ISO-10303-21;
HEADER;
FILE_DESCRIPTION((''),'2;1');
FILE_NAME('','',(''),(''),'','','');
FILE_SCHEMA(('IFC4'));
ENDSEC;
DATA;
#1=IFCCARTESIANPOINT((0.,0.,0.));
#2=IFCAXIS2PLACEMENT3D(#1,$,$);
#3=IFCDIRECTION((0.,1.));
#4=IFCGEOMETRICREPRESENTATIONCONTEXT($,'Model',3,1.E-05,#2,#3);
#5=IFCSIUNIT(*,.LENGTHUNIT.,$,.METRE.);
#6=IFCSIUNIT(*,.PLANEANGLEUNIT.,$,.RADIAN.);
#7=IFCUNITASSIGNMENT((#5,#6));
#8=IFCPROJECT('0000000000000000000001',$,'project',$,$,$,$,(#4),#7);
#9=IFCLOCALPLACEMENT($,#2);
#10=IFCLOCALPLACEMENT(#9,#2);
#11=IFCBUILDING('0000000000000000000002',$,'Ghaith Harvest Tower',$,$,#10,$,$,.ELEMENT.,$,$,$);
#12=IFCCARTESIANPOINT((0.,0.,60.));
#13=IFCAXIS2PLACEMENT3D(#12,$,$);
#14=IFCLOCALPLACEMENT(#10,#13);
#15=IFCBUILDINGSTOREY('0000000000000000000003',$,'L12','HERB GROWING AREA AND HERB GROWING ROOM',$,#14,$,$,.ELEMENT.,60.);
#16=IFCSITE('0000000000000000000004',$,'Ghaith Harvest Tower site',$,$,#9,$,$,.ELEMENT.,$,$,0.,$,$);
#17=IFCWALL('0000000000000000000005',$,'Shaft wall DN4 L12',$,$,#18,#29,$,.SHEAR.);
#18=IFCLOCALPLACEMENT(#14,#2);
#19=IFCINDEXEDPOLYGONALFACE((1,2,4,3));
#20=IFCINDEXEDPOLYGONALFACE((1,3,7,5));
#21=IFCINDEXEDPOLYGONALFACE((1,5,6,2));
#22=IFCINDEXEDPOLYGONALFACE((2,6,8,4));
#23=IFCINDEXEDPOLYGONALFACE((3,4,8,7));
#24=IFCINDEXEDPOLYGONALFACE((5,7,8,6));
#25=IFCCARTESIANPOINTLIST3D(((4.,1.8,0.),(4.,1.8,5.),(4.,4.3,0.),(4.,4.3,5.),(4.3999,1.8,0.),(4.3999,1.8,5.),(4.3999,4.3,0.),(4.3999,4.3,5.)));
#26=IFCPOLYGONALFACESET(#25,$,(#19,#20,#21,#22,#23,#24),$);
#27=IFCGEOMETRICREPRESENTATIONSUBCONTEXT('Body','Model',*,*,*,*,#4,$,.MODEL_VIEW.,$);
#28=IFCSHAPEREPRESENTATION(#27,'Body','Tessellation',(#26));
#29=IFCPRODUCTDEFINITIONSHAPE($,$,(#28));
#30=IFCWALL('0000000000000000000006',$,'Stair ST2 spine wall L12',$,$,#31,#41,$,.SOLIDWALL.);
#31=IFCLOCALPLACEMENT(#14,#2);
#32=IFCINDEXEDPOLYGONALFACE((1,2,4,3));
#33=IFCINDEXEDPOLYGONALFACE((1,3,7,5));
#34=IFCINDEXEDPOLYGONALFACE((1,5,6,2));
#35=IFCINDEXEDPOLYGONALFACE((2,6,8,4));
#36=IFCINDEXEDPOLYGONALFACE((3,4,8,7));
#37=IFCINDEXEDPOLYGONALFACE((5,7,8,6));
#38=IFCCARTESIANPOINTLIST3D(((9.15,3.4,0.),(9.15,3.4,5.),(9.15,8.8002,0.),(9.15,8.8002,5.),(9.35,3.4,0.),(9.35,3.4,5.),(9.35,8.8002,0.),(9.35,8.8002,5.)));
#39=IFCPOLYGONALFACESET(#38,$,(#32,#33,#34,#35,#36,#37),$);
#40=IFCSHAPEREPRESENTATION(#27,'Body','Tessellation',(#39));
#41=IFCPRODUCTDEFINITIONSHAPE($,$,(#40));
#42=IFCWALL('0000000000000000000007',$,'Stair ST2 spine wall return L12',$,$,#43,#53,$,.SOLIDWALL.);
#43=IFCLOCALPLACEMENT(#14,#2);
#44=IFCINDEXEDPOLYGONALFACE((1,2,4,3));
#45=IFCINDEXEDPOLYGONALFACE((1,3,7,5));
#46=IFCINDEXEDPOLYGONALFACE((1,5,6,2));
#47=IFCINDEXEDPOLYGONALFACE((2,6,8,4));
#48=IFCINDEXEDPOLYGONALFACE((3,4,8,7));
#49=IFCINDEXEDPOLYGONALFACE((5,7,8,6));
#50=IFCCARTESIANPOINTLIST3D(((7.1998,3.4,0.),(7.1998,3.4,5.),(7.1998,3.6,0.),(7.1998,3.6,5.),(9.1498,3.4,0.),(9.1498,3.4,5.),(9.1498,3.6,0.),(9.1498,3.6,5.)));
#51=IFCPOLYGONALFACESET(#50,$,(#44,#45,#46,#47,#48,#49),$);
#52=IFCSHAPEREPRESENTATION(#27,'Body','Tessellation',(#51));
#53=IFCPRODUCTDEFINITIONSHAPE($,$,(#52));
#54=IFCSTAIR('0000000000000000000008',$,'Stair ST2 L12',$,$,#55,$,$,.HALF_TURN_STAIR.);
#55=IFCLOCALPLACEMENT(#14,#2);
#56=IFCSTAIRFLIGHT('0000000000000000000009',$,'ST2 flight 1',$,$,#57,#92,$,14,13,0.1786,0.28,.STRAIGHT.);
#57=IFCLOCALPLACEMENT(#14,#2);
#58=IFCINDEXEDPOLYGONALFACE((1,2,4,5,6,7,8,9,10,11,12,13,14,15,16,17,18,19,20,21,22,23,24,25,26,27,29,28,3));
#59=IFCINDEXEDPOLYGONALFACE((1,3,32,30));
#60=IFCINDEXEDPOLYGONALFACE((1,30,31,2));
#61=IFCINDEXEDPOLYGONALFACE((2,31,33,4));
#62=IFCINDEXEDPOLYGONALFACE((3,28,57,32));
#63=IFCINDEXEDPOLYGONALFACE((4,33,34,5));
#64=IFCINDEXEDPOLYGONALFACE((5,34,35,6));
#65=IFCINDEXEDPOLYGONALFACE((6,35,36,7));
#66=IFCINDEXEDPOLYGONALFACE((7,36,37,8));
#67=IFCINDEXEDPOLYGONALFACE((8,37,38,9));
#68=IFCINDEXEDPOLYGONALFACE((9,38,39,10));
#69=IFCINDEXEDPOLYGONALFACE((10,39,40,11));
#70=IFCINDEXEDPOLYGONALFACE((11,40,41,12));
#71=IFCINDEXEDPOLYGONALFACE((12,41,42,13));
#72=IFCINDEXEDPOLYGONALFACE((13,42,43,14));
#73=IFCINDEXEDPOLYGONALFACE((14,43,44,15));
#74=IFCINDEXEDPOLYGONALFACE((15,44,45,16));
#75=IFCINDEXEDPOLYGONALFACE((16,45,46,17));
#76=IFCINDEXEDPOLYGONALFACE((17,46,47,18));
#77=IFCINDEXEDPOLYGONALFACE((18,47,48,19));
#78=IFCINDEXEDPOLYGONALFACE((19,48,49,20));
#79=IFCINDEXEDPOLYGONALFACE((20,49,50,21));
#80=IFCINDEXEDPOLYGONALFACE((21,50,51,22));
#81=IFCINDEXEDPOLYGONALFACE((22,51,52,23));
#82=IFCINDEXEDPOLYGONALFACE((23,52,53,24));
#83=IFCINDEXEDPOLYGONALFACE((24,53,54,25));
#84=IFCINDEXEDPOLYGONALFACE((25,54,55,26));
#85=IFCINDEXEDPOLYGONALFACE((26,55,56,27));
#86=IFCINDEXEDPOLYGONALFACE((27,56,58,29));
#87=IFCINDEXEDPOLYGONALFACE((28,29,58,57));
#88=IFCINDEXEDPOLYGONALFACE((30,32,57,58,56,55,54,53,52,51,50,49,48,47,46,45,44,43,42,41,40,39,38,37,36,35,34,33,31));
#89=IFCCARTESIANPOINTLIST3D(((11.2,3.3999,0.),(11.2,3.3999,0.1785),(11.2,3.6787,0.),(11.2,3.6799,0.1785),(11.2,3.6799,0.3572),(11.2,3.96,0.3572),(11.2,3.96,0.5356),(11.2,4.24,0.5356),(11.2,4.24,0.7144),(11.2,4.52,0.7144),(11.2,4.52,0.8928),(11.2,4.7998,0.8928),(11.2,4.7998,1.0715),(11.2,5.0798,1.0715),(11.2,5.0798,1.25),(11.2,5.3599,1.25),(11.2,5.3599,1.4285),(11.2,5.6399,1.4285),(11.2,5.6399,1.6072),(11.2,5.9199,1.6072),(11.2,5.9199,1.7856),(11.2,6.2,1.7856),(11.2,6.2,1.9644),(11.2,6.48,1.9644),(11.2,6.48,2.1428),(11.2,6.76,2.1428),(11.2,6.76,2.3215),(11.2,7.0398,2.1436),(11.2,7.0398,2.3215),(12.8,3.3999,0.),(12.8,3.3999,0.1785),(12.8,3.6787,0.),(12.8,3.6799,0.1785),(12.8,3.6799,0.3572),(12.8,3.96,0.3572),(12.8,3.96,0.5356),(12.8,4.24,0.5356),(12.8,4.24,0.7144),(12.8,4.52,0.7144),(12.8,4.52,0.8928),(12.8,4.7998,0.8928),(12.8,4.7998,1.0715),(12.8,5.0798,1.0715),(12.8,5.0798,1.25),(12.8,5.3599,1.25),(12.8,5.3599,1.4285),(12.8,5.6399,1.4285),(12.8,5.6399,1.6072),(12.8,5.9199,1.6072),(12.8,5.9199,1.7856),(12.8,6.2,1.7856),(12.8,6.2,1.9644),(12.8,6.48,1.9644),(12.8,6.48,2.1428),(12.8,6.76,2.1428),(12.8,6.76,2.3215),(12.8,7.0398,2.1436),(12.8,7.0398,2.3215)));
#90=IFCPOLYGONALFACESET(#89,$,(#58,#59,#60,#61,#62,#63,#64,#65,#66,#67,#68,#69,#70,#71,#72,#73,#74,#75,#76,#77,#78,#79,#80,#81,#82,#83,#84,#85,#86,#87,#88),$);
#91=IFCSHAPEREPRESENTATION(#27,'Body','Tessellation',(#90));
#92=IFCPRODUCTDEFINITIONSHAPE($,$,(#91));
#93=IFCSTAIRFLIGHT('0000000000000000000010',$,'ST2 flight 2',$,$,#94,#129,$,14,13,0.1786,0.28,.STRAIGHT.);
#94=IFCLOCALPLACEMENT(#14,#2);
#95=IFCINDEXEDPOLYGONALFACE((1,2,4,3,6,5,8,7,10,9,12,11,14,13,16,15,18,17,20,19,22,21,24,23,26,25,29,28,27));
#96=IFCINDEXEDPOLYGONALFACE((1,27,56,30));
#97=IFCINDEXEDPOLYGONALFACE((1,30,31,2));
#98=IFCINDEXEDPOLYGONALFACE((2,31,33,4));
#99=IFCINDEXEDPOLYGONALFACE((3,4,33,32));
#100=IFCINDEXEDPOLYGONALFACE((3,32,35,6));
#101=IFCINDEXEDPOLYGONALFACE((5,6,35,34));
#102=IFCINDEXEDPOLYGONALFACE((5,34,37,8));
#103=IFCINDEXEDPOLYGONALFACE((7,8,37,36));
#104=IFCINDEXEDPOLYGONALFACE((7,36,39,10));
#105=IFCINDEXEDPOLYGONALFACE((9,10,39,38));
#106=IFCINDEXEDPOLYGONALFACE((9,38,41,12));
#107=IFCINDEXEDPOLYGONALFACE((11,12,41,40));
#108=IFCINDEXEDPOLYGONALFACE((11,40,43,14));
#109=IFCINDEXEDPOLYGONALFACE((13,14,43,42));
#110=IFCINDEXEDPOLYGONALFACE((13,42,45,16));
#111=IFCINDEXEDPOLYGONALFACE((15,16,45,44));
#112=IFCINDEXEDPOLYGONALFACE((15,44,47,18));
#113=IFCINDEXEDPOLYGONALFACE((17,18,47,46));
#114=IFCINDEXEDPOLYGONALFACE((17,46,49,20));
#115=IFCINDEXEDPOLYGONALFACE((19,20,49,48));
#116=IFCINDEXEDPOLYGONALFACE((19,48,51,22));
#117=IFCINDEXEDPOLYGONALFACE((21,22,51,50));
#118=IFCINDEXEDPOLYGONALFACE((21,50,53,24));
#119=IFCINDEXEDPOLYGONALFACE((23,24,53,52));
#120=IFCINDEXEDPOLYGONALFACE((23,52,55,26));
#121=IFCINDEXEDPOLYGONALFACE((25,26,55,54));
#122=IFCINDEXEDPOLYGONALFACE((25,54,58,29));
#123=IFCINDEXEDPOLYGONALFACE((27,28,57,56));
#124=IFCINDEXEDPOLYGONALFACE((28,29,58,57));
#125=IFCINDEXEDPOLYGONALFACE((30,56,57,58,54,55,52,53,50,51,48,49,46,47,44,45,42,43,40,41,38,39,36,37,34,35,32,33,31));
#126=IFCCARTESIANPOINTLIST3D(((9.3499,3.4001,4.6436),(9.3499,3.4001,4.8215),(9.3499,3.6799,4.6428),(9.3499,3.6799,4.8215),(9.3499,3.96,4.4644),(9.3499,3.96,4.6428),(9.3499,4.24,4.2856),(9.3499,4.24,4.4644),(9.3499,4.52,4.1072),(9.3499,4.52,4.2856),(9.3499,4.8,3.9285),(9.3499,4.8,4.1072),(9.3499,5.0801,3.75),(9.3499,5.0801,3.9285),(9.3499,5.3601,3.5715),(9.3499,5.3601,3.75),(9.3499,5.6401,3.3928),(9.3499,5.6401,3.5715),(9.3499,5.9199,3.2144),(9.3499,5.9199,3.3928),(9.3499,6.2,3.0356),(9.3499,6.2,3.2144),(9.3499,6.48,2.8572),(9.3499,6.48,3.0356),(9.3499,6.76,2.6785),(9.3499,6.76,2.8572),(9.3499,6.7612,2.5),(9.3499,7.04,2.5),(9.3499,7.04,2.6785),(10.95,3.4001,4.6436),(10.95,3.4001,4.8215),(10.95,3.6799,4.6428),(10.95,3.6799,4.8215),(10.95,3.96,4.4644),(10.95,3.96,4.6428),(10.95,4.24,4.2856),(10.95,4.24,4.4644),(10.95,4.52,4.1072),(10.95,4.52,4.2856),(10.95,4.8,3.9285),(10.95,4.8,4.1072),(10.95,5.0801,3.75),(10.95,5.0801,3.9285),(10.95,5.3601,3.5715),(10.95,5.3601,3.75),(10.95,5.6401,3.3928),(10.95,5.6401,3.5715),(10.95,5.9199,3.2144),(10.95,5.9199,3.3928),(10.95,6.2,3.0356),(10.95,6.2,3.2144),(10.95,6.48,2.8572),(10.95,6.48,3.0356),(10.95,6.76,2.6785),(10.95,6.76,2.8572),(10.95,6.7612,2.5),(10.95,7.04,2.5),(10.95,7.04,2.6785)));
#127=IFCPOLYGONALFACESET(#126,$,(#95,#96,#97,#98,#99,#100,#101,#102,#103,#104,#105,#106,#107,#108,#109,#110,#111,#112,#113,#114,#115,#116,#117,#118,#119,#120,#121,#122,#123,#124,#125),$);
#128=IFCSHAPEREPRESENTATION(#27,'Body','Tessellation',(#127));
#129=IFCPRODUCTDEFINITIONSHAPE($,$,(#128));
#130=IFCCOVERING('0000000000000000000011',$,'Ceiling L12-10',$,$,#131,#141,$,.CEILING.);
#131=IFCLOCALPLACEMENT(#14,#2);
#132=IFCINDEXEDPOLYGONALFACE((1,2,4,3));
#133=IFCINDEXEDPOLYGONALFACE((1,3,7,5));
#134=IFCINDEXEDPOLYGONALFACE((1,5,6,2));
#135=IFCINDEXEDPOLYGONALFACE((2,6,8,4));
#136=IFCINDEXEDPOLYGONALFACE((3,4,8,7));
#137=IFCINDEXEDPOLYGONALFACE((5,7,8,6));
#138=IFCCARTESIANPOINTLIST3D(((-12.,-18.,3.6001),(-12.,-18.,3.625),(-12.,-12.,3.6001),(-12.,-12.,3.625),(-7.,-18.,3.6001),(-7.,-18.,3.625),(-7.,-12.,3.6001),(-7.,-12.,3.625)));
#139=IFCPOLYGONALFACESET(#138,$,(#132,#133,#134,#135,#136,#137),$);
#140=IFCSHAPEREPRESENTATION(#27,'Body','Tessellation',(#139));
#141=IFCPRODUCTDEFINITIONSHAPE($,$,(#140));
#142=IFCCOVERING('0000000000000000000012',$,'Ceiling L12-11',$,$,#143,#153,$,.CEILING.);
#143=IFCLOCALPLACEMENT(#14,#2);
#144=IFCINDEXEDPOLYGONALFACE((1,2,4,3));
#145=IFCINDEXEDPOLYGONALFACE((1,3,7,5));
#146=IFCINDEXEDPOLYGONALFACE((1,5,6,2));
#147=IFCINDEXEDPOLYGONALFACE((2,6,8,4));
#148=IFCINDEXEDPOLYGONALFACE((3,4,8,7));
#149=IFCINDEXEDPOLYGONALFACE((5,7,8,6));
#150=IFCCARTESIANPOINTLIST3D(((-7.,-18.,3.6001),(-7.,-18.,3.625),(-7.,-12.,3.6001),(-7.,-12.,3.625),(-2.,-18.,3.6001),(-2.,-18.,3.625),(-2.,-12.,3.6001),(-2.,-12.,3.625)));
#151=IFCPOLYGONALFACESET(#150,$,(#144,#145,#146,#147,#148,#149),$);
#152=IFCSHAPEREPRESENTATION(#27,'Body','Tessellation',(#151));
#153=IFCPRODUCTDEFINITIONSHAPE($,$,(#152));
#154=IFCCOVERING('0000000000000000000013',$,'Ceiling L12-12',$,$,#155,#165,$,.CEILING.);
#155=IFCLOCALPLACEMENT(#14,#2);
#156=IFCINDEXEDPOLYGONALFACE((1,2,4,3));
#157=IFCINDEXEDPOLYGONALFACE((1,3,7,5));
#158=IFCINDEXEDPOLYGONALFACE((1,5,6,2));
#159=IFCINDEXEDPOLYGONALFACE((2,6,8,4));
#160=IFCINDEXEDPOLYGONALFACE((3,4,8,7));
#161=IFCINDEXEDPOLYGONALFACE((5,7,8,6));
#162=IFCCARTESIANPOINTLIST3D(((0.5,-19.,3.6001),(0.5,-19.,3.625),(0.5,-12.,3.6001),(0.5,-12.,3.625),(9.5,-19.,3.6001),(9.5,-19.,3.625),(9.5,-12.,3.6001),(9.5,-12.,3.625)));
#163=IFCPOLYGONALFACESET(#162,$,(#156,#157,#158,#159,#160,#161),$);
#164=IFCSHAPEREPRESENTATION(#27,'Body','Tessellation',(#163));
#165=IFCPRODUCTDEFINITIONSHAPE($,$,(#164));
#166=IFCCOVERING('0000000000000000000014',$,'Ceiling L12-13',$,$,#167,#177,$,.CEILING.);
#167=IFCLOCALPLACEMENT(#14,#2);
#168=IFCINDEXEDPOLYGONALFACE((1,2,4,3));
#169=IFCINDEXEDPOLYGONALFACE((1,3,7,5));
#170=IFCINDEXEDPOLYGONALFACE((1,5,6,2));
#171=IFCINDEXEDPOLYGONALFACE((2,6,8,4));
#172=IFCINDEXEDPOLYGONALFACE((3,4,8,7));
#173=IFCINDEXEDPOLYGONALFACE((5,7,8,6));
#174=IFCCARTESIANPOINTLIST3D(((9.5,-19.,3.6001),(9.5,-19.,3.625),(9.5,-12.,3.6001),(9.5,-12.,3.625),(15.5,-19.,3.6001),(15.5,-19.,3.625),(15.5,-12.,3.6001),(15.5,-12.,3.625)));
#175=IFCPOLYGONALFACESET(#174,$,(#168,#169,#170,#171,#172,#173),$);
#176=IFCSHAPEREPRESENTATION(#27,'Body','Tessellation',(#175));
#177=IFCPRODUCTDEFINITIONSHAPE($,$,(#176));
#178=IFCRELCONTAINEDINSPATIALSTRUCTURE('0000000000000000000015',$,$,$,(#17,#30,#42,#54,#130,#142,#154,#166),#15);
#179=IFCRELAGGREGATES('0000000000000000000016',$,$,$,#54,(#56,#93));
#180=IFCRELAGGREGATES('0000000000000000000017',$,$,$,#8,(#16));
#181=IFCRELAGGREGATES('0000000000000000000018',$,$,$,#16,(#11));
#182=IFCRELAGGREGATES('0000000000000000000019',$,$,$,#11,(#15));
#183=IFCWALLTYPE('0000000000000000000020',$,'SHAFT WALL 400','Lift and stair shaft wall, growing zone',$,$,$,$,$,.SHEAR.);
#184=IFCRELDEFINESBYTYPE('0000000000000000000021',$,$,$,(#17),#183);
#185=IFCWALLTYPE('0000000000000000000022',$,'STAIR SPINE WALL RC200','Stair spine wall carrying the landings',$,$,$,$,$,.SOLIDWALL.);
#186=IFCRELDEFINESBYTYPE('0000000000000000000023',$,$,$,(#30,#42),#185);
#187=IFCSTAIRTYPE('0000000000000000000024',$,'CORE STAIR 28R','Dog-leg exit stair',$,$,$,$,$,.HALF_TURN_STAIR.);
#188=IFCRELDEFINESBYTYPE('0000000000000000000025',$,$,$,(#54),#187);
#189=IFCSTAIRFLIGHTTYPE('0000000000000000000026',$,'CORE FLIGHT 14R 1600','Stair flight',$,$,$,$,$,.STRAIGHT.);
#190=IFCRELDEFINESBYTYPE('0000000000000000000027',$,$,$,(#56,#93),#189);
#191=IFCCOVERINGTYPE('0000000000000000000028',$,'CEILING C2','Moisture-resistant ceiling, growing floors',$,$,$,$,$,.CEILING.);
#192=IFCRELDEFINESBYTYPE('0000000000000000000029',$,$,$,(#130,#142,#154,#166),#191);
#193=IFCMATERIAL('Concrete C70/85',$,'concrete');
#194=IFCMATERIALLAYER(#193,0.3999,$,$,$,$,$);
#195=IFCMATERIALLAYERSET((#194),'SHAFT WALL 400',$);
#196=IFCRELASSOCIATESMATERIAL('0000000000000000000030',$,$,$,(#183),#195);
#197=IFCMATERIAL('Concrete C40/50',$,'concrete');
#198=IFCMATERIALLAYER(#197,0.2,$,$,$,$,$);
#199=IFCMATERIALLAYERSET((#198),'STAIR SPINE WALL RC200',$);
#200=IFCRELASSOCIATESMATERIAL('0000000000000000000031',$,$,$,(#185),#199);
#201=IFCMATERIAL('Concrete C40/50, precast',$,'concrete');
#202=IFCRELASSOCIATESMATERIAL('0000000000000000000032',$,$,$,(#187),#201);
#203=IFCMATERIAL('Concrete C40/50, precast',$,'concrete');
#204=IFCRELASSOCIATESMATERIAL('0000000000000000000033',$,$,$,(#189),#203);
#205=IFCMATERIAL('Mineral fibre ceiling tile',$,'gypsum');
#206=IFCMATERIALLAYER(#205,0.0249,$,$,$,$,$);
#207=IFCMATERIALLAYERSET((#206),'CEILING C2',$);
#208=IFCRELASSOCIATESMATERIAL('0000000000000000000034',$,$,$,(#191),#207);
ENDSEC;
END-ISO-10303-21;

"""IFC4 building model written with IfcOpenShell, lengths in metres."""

from ifc_helpers import new_model, si_unit, direction, frame, frame_2d, origin, place, context, subcontext, project, spatial, polyline, rectangle, outline, extrude, material, layer, layer_set, type_object, element, aggregate, save


model = new_model("IFC4")

# Units and contexts
model_context = context("Model", 3, precision=1e-05, world=origin(), true_north=direction((0.0, 1.0)))
body_context = subcontext(model_context, "Body", "Model", "MODEL_VIEW")
ifc_project = project(units=[si_unit("LENGTHUNIT", "METRE"), si_unit("PLANEANGLEUNIT", "RADIAN")], contexts=[model_context])

# Site, building, storey
site_placement = place(None, origin())
site = spatial("IfcSite", under=ifc_project, at=site_placement, Name="Ghaith Harvest Tower site", CompositionType="ELEMENT", RefElevation=0.0)
building_placement = place(site_placement, origin())
building = spatial("IfcBuilding", under=site, at=building_placement, Name="Ghaith Harvest Tower", CompositionType="ELEMENT")
storey_placement = place(building_placement, frame((0.0, 0.0, 60.0)))
storey = spatial("IfcBuildingStorey", under=building, at=storey_placement, Name="L12", Description="HERB GROWING AREA AND HERB GROWING ROOM", CompositionType="ELEMENT", Elevation=60.0)

# Shared definitions
ifc_material_1 = material(Name="Concrete C70/85", Category="concrete")
ifc_layer_1 = layer(ifc_material_1, 0.3999)
ifc_layer_set_1 = layer_set([ifc_layer_1], Name="SHAFT WALL 400")
wall_type_1 = type_object("IfcWallType", Name="SHAFT WALL 400", Description="Lift and stair shaft wall, growing zone", PredefinedType="SHEAR", material=ifc_layer_set_1)

# Walls
for number, where, z_axis, x_axis, name in (
    (1, (4.2, 1.8, 0.0), (0.0, 0.0, 1.0), (0.0, 1.0, 0.0), "Shaft wall DN4 L12"),
):
    element("IfcWall", number, at=place(storey_placement, frame(where, z_axis=z_axis, x_axis=x_axis)), inside=storey, type_object=wall_type_1, Name=name, PredefinedType="SHEAR", context=body_context, shape_type="SweptSolid", body=[
        extrude(rectangle(XDim=2.5, YDim=0.3999, at=frame_2d((1.25, 0.0))), origin(), (0.0, 0.0, 1.0), 5.0),
    ])
ifc_material_2 = material(Name="Concrete C40/50", Category="concrete")
ifc_layer_2 = layer(ifc_material_2, 0.2)
ifc_layer_set_2 = layer_set([ifc_layer_2], Name="STAIR SPINE WALL RC200")
wall_type_2 = type_object("IfcWallType", Name="STAIR SPINE WALL RC200", Description="Stair spine wall carrying the landings", PredefinedType="SOLIDWALL", material=ifc_layer_set_2)
wall_1_placement = place(storey_placement, frame((9.25, 3.3999, 0.0), z_axis=(0.0, 0.0, 1.0), x_axis=(0.0, 1.0, 0.0)))
element("IfcWall", 2, at=wall_1_placement, inside=storey, type_object=wall_type_2, Name="Stair ST2 spine wall L12", PredefinedType="SOLIDWALL", context=body_context, shape_type="SweptSolid", body=[
    extrude(rectangle(XDim=5.4001, YDim=0.2, at=frame_2d((2.7002, 0.0))), origin(), (0.0, 0.0, 1.0), 5.0),
])
wall_2_placement = place(storey_placement, frame((9.1499, 3.5, 0.0), z_axis=(0.0, 0.0, 1.0), x_axis=(-1.0, 0.0, 0.0)))
element("IfcWall", 3, at=wall_2_placement, inside=storey, type_object=wall_type_2, Name="Stair ST2 spine wall return L12", PredefinedType="SOLIDWALL", context=body_context, shape_type="SweptSolid", body=[
    extrude(rectangle(XDim=1.95, YDim=0.2, at=frame_2d((0.9751, 0.0))), origin(), (0.0, 0.0, 1.0), 5.0),
])

# Stair, stair flights
ifc_material_3 = material(Name="Concrete C40/50, precast", Category="concrete")
stair_type = type_object("IfcStairType", Name="CORE STAIR 28R", Description="Dog-leg exit stair", PredefinedType="HALF_TURN_STAIR", material=ifc_material_3)
stair_placement = place(storey_placement, origin())
stair = element("IfcStair", 4, at=stair_placement, inside=storey, type_object=stair_type, Name="Stair ST2 L12", PredefinedType="HALF_TURN_STAIR")
ifc_material_4 = material(Name="Concrete C40/50, precast", Category="concrete")
stair_flight_type = type_object("IfcStairFlightType", Name="CORE FLIGHT 14R 1600", Description="Stair flight", PredefinedType="STRAIGHT", material=ifc_material_4)
stair_flight_1_placement = place(storey_placement, frame((12.0, 3.3999, 0.0), z_axis=(0.0, 0.0, 1.0), x_axis=(0.0, 1.0, 0.0)))
stair_flight_1 = element("IfcStairFlight", 5, at=stair_flight_1_placement, type_object=stair_flight_type, Name="ST2 flight 1", NumberOfRisers=14, NumberOfTreads=13, PredefinedType="STRAIGHT", RiserHeight=0.1786, TreadLength=0.28, context=body_context, shape_type="SweptSolid", body=[
    extrude(outline(polyline([(0.0, 0.0), (0.0, 0.1785), (0.28, 0.1785), (0.28, 0.3572), (0.5601, 0.3572), (0.5601, 0.5356), (0.8401, 0.5356), (0.8401, 0.7144), (1.1201, 0.7144), (1.1201, 0.8928), (1.3999, 0.8928), (1.3999, 1.0715), (1.6799, 1.0715), (1.6799, 1.25), (1.96, 1.25), (1.96, 1.4285), (2.24, 1.4285), (2.24, 1.6072), (2.52, 1.6072), (2.52, 1.7856), (2.8, 1.7856), (2.8, 1.9644), (3.0801, 1.9644), (3.0801, 2.1428), (3.3601, 2.1428), (3.3601, 2.3215), (3.6399, 2.3215), (3.6399, 2.5), (3.6399, 2.1436), (0.2788, 0.0), (0.0, 0.0)])), frame((0.0, 0.8, 0.0), z_axis=(0.0, -1.0, 0.0), x_axis=(1.0, 0.0, 0.0)), (0.0, 0.0, 1.0), 1.6001),
])
stair_flight_2_placement = place(storey_placement, frame((10.1499, 7.04, 2.5), z_axis=(0.0, 0.0, 1.0), x_axis=(0.0, -1.0, 0.0)))
stair_flight_2 = element("IfcStairFlight", 6, at=stair_flight_2_placement, type_object=stair_flight_type, Name="ST2 flight 2", NumberOfRisers=14, NumberOfTreads=13, PredefinedType="STRAIGHT", RiserHeight=0.1786, TreadLength=0.28, context=body_context, shape_type="SweptSolid", body=[
    extrude(outline(polyline([(0.0, 0.0), (0.0, 0.1785), (0.28, 0.1785), (0.28, 0.3572), (0.5601, 0.3572), (0.5601, 0.5356), (0.8401, 0.5356), (0.8401, 0.7144), (1.1201, 0.7144), (1.1201, 0.8928), (1.3999, 0.8928), (1.3999, 1.0715), (1.6799, 1.0715), (1.6799, 1.25), (1.96, 1.25), (1.96, 1.4285), (2.24, 1.4285), (2.24, 1.6072), (2.52, 1.6072), (2.52, 1.7856), (2.8, 1.7856), (2.8, 1.9644), (3.0801, 1.9644), (3.0801, 2.1428), (3.3601, 2.1428), (3.3601, 2.3215), (3.6399, 2.3215), (3.6399, 2.5), (3.6399, 2.1436), (0.2788, 0.0), (0.0, 0.0)])), frame((0.0, 0.8, 0.0), z_axis=(0.0, -1.0, 0.0), x_axis=(1.0, 0.0, 0.0)), (0.0, 0.0, 1.0), 1.6001),
])
aggregate(stair, [stair_flight_1, stair_flight_2])

# Coverings
ifc_material_5 = material(Name="Mineral fibre ceiling tile", Category="gypsum")
ifc_layer_3 = layer(ifc_material_5, 0.0249)
ifc_layer_set_3 = layer_set([ifc_layer_3], Name="CEILING C2")
covering_type = type_object("IfcCoveringType", Name="CEILING C2", Description="Moisture-resistant ceiling, growing floors", PredefinedType="CEILING", material=ifc_layer_set_3)
covering_1_placement = place(storey_placement, frame((0.0, 0.0, 3.6001)))
element("IfcCovering", 7, at=covering_1_placement, inside=storey, type_object=covering_type, Name="Ceiling L12-10", PredefinedType="CEILING", context=body_context, shape_type="SweptSolid", body=[
    extrude(outline(polyline([(-12.0, -18.0), (-7.0, -18.0), (-7.0, -12.0), (-12.0, -12.0), (-12.0, -18.0)])), origin(), (0.0, 0.0, 1.0), 0.0249),
])
covering_2_placement = place(storey_placement, frame((0.0, 0.0, 3.6001)))
element("IfcCovering", 8, at=covering_2_placement, inside=storey, type_object=covering_type, Name="Ceiling L12-11", PredefinedType="CEILING", context=body_context, shape_type="SweptSolid", body=[
    extrude(outline(polyline([(-7.0, -18.0), (-2.0, -18.0), (-2.0, -12.0), (-7.0, -12.0), (-7.0, -18.0)])), origin(), (0.0, 0.0, 1.0), 0.0249),
])
covering_3_placement = place(storey_placement, frame((0.0, 0.0, 3.6001)))
element("IfcCovering", 9, at=covering_3_placement, inside=storey, type_object=covering_type, Name="Ceiling L12-12", PredefinedType="CEILING", context=body_context, shape_type="SweptSolid", body=[
    extrude(outline(polyline([(0.5, -19.0), (9.5, -19.0), (9.5, -12.0), (0.5, -12.0), (0.5, -19.0)])), origin(), (0.0, 0.0, 1.0), 0.0249),
])
covering_4_placement = place(storey_placement, frame((0.0, 0.0, 3.6001)))
element("IfcCovering", 10, at=covering_4_placement, inside=storey, type_object=covering_type, Name="Ceiling L12-13", PredefinedType="CEILING", context=body_context, shape_type="SweptSolid", body=[
    extrude(outline(polyline([(9.5, -19.0), (15.5, -19.0), (15.5, -12.0), (9.5, -12.0), (9.5, -19.0)])), origin(), (0.0, 0.0, 1.0), 0.0249),
])

save(model, "model.ifc")
